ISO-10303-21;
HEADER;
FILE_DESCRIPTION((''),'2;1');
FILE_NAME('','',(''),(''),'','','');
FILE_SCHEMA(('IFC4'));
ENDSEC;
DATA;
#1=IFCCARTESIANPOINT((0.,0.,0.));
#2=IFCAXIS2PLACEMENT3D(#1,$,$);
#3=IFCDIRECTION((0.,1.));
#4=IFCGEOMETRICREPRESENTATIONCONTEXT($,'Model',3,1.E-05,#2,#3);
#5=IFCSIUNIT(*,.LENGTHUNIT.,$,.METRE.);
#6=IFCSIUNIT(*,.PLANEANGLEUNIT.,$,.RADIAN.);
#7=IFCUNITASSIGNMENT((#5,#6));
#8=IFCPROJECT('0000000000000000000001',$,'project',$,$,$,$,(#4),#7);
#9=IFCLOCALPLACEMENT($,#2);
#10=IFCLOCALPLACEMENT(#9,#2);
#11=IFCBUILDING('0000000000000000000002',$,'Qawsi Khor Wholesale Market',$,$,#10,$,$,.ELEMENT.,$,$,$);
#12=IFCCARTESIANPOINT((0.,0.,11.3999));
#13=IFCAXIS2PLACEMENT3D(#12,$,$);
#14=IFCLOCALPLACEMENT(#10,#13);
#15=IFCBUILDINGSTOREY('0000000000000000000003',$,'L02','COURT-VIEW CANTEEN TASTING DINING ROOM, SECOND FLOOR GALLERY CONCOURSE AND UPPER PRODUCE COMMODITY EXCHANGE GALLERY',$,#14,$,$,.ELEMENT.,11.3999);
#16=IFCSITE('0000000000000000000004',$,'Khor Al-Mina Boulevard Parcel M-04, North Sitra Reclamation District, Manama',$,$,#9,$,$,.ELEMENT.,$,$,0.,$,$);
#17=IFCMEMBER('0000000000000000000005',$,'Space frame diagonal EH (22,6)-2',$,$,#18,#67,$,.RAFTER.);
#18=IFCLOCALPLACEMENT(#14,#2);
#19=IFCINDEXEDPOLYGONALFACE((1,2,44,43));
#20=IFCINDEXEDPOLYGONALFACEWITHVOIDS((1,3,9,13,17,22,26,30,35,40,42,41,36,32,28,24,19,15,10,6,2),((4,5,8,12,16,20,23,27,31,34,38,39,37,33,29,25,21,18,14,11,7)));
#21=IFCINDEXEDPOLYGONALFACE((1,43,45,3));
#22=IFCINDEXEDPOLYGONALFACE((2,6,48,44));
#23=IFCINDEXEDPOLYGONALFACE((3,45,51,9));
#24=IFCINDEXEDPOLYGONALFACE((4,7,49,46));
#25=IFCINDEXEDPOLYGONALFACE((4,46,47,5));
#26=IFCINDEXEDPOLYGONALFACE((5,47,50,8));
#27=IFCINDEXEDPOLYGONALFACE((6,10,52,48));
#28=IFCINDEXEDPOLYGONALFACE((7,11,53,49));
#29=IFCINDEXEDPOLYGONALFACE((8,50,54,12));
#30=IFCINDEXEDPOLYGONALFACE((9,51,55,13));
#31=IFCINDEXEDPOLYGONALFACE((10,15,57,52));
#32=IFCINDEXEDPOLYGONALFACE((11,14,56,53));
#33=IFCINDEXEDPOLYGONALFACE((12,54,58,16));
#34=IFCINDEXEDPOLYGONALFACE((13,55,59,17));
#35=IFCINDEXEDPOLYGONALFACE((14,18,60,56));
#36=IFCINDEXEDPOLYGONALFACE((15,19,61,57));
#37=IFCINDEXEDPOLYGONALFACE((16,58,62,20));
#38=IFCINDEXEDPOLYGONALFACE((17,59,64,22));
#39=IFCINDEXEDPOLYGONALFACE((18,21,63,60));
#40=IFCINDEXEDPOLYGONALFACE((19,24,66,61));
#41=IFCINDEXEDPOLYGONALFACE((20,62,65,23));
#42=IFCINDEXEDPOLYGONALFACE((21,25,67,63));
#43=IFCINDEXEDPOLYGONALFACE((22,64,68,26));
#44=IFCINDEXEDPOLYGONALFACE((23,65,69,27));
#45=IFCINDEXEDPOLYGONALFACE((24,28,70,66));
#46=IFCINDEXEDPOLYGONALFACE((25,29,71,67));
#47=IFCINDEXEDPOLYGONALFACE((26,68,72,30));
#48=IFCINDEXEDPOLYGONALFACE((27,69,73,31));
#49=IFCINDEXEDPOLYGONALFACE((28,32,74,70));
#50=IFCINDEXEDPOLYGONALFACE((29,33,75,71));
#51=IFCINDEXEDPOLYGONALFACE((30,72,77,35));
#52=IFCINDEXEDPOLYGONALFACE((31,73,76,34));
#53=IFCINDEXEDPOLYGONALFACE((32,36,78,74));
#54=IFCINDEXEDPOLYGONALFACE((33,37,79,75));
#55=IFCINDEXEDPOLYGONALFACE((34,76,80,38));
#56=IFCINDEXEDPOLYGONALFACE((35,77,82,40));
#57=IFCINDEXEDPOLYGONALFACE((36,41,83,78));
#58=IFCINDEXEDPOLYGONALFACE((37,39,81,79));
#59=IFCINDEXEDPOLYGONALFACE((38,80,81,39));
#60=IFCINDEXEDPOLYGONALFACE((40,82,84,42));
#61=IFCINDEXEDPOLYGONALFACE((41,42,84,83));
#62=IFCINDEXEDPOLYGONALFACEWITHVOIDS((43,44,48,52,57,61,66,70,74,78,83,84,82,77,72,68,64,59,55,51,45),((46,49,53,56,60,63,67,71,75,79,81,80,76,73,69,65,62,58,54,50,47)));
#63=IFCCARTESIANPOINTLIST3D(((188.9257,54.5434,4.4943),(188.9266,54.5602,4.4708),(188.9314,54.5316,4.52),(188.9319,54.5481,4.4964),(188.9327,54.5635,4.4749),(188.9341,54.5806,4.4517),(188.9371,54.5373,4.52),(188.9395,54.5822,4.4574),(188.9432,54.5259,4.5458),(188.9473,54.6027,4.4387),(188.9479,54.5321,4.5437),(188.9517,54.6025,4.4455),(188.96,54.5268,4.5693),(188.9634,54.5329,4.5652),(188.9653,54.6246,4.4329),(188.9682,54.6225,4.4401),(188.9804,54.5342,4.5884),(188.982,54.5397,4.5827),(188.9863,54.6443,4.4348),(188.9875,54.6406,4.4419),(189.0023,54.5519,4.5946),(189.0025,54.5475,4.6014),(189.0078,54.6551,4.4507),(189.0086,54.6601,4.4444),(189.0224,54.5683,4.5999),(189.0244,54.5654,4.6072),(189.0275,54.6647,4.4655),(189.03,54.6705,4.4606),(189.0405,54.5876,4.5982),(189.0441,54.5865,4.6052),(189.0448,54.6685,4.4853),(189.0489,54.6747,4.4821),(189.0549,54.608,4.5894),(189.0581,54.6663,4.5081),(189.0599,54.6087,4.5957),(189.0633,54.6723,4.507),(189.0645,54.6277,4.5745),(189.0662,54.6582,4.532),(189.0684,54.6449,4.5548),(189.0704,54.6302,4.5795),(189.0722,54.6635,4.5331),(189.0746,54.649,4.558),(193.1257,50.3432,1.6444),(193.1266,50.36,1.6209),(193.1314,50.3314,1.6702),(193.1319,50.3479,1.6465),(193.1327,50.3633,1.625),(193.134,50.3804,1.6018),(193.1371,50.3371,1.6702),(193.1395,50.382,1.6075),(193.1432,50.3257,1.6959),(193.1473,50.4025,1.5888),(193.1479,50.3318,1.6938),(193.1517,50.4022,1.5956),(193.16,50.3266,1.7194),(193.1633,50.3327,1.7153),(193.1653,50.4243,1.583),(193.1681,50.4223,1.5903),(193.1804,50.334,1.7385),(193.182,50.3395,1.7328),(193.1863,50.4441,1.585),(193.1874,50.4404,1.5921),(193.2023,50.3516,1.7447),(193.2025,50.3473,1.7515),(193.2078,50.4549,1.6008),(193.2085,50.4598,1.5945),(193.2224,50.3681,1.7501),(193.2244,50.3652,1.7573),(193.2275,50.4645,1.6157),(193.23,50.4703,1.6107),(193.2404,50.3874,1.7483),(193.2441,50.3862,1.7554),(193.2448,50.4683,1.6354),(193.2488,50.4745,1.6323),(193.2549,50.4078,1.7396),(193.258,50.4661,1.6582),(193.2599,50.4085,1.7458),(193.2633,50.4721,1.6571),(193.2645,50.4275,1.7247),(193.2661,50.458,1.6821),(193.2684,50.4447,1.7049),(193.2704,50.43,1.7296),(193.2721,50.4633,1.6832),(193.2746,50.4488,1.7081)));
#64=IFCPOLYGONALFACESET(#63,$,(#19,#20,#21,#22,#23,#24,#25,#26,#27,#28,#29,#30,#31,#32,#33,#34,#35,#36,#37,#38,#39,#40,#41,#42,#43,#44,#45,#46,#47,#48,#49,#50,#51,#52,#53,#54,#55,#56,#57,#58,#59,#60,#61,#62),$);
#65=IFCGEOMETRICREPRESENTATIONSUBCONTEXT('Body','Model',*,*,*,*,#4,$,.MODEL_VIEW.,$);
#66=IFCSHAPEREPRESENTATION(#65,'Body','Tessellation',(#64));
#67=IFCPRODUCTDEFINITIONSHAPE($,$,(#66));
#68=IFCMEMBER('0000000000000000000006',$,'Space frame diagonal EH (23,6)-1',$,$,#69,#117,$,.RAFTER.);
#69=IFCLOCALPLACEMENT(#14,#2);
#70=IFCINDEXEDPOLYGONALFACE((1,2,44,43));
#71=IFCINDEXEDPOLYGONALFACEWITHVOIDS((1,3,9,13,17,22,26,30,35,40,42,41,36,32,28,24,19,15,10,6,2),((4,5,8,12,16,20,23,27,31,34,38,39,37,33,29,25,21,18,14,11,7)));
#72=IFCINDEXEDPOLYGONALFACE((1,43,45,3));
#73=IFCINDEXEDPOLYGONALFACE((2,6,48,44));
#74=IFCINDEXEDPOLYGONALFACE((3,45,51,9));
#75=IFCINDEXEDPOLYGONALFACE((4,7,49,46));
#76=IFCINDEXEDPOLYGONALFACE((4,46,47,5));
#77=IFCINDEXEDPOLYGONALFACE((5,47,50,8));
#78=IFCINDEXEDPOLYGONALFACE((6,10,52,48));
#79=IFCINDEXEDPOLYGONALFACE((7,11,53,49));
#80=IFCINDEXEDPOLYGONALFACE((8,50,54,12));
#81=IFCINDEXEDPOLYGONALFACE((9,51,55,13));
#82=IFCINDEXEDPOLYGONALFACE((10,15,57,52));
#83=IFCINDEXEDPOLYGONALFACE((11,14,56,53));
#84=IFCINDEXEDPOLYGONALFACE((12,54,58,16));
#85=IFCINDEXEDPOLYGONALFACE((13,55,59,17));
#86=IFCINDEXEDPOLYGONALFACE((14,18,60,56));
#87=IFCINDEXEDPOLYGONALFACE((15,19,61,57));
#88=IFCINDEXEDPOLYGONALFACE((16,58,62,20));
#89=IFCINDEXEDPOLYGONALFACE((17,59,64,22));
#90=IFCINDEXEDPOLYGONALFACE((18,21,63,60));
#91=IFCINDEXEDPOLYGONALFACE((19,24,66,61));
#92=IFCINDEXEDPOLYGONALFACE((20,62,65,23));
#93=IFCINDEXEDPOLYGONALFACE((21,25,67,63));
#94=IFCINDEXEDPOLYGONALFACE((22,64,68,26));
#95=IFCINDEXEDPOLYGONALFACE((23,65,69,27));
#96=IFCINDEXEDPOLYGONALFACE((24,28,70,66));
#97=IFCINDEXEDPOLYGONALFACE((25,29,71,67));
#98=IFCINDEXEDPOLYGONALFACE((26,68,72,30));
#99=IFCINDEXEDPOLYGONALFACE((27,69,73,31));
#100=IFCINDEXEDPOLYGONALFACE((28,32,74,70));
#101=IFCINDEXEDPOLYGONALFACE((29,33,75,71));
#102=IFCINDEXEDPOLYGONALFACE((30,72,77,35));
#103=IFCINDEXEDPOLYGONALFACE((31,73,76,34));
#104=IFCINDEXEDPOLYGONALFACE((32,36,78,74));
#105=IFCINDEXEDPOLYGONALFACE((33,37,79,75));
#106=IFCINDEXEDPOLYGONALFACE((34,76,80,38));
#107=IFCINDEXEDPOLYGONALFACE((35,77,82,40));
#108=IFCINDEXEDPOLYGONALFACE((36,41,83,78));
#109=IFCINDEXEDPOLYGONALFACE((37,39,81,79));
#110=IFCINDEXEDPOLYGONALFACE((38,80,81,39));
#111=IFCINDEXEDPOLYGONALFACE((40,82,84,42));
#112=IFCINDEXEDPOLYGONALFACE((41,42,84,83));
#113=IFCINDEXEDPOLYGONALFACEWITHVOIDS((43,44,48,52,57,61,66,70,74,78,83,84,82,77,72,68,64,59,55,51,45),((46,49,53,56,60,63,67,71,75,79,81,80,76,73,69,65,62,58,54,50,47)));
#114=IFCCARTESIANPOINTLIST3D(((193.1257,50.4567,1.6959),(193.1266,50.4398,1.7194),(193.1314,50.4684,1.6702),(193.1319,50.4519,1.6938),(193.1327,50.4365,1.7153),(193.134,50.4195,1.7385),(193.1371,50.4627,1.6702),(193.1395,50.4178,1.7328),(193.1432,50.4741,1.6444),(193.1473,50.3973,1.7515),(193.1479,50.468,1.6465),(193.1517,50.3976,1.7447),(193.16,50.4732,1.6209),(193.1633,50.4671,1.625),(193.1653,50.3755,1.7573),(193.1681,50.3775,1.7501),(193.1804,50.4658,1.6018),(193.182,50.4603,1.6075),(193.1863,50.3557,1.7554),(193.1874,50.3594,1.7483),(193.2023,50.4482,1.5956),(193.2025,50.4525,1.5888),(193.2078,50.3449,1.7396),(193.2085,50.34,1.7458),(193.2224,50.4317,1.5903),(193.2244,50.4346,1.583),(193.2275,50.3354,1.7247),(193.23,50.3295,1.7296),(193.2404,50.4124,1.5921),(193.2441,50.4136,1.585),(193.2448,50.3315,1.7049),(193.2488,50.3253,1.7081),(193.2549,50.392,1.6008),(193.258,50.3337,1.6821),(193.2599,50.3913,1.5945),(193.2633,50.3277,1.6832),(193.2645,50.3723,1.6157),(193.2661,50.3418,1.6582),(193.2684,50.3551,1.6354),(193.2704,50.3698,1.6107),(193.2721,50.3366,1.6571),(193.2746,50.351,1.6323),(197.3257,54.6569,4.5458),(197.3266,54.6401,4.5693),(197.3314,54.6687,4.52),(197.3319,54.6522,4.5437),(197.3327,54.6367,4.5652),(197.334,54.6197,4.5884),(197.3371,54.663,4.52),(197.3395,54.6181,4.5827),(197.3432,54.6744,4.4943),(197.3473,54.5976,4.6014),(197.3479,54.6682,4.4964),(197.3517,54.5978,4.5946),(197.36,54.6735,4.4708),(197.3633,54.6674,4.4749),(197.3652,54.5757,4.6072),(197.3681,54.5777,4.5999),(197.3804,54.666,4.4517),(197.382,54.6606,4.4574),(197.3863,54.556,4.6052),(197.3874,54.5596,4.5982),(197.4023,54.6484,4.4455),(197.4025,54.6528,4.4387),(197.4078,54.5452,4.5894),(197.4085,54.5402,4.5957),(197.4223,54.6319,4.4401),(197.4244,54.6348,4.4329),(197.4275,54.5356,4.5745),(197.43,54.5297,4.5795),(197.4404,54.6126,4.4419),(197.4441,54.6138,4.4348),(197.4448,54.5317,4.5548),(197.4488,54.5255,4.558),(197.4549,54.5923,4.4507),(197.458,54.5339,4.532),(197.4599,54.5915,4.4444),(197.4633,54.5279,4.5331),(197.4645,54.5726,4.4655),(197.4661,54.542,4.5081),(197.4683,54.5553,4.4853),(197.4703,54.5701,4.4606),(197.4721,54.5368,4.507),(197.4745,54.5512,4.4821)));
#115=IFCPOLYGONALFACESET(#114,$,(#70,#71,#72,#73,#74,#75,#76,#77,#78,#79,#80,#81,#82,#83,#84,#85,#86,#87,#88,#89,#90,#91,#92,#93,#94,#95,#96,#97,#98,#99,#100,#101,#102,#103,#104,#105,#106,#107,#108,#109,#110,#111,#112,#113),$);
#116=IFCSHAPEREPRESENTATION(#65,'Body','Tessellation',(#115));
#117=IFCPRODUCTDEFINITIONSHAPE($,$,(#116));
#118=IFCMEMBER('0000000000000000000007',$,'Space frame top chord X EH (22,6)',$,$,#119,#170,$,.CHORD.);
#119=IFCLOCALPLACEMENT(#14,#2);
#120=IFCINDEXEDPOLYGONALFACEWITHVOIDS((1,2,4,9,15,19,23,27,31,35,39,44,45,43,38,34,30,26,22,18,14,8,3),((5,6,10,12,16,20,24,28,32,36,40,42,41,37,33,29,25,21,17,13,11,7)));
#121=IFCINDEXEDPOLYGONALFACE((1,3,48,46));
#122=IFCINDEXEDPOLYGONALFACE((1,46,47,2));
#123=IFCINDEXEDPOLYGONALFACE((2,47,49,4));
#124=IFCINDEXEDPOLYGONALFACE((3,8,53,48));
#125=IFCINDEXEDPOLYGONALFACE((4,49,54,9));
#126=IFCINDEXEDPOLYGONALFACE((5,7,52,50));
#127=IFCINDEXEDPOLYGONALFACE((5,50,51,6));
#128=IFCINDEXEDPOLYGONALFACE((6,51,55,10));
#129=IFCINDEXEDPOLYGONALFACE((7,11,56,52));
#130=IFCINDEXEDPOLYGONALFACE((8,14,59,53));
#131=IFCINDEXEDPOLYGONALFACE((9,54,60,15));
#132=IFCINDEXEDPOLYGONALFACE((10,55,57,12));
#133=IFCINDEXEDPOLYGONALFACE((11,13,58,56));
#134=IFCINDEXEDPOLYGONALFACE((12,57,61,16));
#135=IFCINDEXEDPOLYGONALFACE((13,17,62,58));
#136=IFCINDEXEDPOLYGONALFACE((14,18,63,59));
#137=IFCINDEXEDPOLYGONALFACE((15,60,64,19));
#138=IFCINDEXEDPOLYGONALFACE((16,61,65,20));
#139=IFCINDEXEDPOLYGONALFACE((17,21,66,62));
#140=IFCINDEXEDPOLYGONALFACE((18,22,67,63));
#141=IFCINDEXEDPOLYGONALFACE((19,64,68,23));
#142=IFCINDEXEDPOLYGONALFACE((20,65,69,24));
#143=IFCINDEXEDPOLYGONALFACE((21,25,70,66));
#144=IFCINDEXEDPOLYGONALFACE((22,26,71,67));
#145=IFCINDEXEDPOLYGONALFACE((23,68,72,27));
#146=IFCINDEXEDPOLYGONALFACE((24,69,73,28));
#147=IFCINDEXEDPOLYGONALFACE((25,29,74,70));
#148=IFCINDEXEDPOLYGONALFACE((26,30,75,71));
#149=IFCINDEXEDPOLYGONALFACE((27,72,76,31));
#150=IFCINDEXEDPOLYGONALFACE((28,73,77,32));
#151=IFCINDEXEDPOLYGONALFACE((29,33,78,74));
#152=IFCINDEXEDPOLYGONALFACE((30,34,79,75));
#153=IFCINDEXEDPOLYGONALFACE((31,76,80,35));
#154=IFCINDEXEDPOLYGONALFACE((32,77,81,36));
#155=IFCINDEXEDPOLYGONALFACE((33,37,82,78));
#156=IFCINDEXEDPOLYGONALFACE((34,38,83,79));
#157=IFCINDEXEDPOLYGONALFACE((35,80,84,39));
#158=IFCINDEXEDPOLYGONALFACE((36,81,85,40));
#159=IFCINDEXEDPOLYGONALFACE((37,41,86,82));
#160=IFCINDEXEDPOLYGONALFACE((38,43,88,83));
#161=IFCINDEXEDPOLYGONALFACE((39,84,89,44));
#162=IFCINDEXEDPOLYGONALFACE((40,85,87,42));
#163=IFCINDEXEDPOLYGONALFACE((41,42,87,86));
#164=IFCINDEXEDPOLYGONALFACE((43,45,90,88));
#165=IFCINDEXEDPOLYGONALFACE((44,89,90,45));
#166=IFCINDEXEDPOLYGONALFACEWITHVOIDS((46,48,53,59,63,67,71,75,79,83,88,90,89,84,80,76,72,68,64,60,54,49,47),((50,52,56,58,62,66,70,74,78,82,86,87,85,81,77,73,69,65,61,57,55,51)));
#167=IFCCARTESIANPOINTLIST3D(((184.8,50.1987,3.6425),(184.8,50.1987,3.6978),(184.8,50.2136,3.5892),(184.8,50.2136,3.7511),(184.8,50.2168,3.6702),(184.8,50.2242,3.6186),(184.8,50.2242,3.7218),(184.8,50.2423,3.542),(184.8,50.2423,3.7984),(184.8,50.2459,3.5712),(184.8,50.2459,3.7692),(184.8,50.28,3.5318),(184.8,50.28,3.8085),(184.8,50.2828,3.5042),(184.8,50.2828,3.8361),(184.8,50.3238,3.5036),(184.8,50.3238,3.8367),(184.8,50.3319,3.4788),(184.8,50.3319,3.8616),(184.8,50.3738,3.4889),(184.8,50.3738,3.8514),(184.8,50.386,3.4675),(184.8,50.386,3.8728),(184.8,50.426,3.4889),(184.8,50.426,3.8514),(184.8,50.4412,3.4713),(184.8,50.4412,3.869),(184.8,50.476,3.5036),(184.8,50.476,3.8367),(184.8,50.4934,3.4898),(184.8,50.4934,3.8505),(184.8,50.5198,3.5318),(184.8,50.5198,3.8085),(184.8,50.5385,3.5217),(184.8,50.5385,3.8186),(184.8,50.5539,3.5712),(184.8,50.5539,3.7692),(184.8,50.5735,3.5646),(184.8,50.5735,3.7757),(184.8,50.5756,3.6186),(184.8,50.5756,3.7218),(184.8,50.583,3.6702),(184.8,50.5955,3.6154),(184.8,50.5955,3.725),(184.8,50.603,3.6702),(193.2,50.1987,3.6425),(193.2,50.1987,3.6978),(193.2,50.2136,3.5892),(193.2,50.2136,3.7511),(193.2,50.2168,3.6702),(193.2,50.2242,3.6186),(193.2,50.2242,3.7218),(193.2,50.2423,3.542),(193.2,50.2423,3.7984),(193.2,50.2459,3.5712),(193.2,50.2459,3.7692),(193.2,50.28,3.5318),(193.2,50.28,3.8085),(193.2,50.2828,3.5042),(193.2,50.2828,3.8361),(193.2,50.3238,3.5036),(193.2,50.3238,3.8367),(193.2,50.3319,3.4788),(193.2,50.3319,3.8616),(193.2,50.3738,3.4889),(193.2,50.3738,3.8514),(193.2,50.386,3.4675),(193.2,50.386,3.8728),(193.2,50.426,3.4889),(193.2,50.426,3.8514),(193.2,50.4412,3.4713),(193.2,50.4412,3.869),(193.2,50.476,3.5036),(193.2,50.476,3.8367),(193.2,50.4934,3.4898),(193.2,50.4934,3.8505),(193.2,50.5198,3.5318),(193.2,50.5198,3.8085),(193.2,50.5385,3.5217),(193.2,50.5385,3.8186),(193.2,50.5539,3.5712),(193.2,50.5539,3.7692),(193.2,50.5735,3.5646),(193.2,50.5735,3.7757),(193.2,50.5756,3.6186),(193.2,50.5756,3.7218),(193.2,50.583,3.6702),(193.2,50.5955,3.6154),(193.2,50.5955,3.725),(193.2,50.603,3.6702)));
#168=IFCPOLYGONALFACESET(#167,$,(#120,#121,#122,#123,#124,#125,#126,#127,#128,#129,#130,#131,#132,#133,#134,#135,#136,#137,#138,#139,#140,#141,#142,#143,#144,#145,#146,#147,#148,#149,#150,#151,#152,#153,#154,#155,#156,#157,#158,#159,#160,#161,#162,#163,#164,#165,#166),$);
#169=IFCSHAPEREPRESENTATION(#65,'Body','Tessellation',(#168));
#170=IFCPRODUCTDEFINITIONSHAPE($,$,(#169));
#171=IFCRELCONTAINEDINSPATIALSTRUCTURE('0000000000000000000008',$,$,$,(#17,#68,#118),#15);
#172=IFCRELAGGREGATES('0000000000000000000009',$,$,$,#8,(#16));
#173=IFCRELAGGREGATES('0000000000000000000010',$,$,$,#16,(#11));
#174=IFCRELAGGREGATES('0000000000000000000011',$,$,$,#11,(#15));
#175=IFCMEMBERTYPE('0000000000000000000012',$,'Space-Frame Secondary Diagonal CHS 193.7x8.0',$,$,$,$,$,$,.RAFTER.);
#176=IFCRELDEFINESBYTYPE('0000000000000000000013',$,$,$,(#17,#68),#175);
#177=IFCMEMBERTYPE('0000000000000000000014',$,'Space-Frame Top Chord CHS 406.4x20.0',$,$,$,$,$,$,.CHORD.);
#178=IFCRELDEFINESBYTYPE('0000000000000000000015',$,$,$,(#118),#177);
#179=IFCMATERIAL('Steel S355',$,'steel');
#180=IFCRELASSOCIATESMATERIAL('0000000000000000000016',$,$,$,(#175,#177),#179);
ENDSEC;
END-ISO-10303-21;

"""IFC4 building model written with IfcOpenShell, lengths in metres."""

from ifc_helpers import new_model, si_unit, direction, frame, origin, origin_2d, place, context, subcontext, project, spatial, hollow_circle, extrude, material, material_profile, profile_set, type_object, element, save


model = new_model("IFC4")

# Units and contexts
model_context = context("Model", 3, precision=1e-05, world=origin(), true_north=direction((0.0, 1.0)))
body_context = subcontext(model_context, "Body", "Model", "MODEL_VIEW")
ifc_project = project(units=[si_unit("LENGTHUNIT", "METRE"), si_unit("PLANEANGLEUNIT", "RADIAN")], contexts=[model_context])

# Site, building, storey
site_placement = place(None, origin())
site = spatial("IfcSite", under=ifc_project, at=site_placement, Name="Khor Al-Mina Boulevard Parcel M-04, North Sitra Reclamation District, Manama", CompositionType="ELEMENT", RefElevation=0.0)
building_placement = place(site_placement, origin())
building = spatial("IfcBuilding", under=site, at=building_placement, Name="Qawsi Khor Wholesale Market", CompositionType="ELEMENT")
storey_placement = place(building_placement, frame((0.0, 0.0, 11.3999)))
storey = spatial("IfcBuildingStorey", under=building, at=storey_placement, Name="L02", Description="COURT-VIEW CANTEEN TASTING DINING ROOM, SECOND FLOOR GALLERY CONCOURSE AND UPPER PRODUCE COMMODITY EXCHANGE GALLERY", CompositionType="ELEMENT", Elevation=11.3999)

# Members
ifc_material_1 = material(Name="Steel S355", Category="steel")
ifc_material_profile_1 = material_profile(ifc_material_1, hollow_circle(Radius=0.0969, WallThickness=0.0081, at=origin_2d()), Name="CHS 193.7x8.0")
ifc_profile_set_1 = profile_set([ifc_material_profile_1], Name="Steel S355")
member_type_1 = type_object("IfcMemberType", Name="Space-Frame Secondary Diagonal CHS 193.7x8.0", PredefinedType="RAFTER", material=ifc_profile_set_1)
for number, where, z_axis, x_axis, name in (
    (1, (193.2, 50.3999, 1.6702), (-0.637507, 0.637544, 0.432577), (-0.707127, -0.707086, 0.0), "Space frame diagonal EH (22,6)-2"),
    (2, (193.2, 50.3999, 1.6702), (0.637507, 0.637544, 0.432577), (-0.707127, 0.707086, 0.0), "Space frame diagonal EH (23,6)-1"),
):
    element("IfcMember", number, at=place(storey_placement, frame(where, z_axis=z_axis, x_axis=x_axis)), inside=storey, type_object=member_type_1, Name=name, PredefinedType="RAFTER", context=body_context, shape_type="SweptSolid", body=[
        extrude(hollow_circle(Radius=0.0969, WallThickness=0.0081, at=origin_2d()), origin(), (0.0, 0.0, 1.0), 6.5881),
    ])
ifc_material_profile_2 = material_profile(ifc_material_1, hollow_circle(Radius=0.2031, WallThickness=0.02, at=origin_2d()), Name="CHS 406.4x20.0")
ifc_profile_set_2 = profile_set([ifc_material_profile_2], Name="Steel S355")
member_type_2 = type_object("IfcMemberType", Name="Space-Frame Top Chord CHS 406.4x20.0", PredefinedType="CHORD", material=ifc_profile_set_2)
member_1_placement = place(storey_placement, frame((184.8, 50.3999, 3.6702), z_axis=(1.0, 0.0, 0.0), x_axis=(0.0, 1.0, 0.0)))
element("IfcMember", 3, at=member_1_placement, inside=storey, type_object=member_type_2, Name="Space frame top chord X EH (22,6)", PredefinedType="CHORD", context=body_context, shape_type="SweptSolid", body=[
    extrude(hollow_circle(Radius=0.2031, WallThickness=0.02, at=origin_2d()), origin(), (0.0, 0.0, 1.0), 8.3999),
])

save(model, "model.ifc")
